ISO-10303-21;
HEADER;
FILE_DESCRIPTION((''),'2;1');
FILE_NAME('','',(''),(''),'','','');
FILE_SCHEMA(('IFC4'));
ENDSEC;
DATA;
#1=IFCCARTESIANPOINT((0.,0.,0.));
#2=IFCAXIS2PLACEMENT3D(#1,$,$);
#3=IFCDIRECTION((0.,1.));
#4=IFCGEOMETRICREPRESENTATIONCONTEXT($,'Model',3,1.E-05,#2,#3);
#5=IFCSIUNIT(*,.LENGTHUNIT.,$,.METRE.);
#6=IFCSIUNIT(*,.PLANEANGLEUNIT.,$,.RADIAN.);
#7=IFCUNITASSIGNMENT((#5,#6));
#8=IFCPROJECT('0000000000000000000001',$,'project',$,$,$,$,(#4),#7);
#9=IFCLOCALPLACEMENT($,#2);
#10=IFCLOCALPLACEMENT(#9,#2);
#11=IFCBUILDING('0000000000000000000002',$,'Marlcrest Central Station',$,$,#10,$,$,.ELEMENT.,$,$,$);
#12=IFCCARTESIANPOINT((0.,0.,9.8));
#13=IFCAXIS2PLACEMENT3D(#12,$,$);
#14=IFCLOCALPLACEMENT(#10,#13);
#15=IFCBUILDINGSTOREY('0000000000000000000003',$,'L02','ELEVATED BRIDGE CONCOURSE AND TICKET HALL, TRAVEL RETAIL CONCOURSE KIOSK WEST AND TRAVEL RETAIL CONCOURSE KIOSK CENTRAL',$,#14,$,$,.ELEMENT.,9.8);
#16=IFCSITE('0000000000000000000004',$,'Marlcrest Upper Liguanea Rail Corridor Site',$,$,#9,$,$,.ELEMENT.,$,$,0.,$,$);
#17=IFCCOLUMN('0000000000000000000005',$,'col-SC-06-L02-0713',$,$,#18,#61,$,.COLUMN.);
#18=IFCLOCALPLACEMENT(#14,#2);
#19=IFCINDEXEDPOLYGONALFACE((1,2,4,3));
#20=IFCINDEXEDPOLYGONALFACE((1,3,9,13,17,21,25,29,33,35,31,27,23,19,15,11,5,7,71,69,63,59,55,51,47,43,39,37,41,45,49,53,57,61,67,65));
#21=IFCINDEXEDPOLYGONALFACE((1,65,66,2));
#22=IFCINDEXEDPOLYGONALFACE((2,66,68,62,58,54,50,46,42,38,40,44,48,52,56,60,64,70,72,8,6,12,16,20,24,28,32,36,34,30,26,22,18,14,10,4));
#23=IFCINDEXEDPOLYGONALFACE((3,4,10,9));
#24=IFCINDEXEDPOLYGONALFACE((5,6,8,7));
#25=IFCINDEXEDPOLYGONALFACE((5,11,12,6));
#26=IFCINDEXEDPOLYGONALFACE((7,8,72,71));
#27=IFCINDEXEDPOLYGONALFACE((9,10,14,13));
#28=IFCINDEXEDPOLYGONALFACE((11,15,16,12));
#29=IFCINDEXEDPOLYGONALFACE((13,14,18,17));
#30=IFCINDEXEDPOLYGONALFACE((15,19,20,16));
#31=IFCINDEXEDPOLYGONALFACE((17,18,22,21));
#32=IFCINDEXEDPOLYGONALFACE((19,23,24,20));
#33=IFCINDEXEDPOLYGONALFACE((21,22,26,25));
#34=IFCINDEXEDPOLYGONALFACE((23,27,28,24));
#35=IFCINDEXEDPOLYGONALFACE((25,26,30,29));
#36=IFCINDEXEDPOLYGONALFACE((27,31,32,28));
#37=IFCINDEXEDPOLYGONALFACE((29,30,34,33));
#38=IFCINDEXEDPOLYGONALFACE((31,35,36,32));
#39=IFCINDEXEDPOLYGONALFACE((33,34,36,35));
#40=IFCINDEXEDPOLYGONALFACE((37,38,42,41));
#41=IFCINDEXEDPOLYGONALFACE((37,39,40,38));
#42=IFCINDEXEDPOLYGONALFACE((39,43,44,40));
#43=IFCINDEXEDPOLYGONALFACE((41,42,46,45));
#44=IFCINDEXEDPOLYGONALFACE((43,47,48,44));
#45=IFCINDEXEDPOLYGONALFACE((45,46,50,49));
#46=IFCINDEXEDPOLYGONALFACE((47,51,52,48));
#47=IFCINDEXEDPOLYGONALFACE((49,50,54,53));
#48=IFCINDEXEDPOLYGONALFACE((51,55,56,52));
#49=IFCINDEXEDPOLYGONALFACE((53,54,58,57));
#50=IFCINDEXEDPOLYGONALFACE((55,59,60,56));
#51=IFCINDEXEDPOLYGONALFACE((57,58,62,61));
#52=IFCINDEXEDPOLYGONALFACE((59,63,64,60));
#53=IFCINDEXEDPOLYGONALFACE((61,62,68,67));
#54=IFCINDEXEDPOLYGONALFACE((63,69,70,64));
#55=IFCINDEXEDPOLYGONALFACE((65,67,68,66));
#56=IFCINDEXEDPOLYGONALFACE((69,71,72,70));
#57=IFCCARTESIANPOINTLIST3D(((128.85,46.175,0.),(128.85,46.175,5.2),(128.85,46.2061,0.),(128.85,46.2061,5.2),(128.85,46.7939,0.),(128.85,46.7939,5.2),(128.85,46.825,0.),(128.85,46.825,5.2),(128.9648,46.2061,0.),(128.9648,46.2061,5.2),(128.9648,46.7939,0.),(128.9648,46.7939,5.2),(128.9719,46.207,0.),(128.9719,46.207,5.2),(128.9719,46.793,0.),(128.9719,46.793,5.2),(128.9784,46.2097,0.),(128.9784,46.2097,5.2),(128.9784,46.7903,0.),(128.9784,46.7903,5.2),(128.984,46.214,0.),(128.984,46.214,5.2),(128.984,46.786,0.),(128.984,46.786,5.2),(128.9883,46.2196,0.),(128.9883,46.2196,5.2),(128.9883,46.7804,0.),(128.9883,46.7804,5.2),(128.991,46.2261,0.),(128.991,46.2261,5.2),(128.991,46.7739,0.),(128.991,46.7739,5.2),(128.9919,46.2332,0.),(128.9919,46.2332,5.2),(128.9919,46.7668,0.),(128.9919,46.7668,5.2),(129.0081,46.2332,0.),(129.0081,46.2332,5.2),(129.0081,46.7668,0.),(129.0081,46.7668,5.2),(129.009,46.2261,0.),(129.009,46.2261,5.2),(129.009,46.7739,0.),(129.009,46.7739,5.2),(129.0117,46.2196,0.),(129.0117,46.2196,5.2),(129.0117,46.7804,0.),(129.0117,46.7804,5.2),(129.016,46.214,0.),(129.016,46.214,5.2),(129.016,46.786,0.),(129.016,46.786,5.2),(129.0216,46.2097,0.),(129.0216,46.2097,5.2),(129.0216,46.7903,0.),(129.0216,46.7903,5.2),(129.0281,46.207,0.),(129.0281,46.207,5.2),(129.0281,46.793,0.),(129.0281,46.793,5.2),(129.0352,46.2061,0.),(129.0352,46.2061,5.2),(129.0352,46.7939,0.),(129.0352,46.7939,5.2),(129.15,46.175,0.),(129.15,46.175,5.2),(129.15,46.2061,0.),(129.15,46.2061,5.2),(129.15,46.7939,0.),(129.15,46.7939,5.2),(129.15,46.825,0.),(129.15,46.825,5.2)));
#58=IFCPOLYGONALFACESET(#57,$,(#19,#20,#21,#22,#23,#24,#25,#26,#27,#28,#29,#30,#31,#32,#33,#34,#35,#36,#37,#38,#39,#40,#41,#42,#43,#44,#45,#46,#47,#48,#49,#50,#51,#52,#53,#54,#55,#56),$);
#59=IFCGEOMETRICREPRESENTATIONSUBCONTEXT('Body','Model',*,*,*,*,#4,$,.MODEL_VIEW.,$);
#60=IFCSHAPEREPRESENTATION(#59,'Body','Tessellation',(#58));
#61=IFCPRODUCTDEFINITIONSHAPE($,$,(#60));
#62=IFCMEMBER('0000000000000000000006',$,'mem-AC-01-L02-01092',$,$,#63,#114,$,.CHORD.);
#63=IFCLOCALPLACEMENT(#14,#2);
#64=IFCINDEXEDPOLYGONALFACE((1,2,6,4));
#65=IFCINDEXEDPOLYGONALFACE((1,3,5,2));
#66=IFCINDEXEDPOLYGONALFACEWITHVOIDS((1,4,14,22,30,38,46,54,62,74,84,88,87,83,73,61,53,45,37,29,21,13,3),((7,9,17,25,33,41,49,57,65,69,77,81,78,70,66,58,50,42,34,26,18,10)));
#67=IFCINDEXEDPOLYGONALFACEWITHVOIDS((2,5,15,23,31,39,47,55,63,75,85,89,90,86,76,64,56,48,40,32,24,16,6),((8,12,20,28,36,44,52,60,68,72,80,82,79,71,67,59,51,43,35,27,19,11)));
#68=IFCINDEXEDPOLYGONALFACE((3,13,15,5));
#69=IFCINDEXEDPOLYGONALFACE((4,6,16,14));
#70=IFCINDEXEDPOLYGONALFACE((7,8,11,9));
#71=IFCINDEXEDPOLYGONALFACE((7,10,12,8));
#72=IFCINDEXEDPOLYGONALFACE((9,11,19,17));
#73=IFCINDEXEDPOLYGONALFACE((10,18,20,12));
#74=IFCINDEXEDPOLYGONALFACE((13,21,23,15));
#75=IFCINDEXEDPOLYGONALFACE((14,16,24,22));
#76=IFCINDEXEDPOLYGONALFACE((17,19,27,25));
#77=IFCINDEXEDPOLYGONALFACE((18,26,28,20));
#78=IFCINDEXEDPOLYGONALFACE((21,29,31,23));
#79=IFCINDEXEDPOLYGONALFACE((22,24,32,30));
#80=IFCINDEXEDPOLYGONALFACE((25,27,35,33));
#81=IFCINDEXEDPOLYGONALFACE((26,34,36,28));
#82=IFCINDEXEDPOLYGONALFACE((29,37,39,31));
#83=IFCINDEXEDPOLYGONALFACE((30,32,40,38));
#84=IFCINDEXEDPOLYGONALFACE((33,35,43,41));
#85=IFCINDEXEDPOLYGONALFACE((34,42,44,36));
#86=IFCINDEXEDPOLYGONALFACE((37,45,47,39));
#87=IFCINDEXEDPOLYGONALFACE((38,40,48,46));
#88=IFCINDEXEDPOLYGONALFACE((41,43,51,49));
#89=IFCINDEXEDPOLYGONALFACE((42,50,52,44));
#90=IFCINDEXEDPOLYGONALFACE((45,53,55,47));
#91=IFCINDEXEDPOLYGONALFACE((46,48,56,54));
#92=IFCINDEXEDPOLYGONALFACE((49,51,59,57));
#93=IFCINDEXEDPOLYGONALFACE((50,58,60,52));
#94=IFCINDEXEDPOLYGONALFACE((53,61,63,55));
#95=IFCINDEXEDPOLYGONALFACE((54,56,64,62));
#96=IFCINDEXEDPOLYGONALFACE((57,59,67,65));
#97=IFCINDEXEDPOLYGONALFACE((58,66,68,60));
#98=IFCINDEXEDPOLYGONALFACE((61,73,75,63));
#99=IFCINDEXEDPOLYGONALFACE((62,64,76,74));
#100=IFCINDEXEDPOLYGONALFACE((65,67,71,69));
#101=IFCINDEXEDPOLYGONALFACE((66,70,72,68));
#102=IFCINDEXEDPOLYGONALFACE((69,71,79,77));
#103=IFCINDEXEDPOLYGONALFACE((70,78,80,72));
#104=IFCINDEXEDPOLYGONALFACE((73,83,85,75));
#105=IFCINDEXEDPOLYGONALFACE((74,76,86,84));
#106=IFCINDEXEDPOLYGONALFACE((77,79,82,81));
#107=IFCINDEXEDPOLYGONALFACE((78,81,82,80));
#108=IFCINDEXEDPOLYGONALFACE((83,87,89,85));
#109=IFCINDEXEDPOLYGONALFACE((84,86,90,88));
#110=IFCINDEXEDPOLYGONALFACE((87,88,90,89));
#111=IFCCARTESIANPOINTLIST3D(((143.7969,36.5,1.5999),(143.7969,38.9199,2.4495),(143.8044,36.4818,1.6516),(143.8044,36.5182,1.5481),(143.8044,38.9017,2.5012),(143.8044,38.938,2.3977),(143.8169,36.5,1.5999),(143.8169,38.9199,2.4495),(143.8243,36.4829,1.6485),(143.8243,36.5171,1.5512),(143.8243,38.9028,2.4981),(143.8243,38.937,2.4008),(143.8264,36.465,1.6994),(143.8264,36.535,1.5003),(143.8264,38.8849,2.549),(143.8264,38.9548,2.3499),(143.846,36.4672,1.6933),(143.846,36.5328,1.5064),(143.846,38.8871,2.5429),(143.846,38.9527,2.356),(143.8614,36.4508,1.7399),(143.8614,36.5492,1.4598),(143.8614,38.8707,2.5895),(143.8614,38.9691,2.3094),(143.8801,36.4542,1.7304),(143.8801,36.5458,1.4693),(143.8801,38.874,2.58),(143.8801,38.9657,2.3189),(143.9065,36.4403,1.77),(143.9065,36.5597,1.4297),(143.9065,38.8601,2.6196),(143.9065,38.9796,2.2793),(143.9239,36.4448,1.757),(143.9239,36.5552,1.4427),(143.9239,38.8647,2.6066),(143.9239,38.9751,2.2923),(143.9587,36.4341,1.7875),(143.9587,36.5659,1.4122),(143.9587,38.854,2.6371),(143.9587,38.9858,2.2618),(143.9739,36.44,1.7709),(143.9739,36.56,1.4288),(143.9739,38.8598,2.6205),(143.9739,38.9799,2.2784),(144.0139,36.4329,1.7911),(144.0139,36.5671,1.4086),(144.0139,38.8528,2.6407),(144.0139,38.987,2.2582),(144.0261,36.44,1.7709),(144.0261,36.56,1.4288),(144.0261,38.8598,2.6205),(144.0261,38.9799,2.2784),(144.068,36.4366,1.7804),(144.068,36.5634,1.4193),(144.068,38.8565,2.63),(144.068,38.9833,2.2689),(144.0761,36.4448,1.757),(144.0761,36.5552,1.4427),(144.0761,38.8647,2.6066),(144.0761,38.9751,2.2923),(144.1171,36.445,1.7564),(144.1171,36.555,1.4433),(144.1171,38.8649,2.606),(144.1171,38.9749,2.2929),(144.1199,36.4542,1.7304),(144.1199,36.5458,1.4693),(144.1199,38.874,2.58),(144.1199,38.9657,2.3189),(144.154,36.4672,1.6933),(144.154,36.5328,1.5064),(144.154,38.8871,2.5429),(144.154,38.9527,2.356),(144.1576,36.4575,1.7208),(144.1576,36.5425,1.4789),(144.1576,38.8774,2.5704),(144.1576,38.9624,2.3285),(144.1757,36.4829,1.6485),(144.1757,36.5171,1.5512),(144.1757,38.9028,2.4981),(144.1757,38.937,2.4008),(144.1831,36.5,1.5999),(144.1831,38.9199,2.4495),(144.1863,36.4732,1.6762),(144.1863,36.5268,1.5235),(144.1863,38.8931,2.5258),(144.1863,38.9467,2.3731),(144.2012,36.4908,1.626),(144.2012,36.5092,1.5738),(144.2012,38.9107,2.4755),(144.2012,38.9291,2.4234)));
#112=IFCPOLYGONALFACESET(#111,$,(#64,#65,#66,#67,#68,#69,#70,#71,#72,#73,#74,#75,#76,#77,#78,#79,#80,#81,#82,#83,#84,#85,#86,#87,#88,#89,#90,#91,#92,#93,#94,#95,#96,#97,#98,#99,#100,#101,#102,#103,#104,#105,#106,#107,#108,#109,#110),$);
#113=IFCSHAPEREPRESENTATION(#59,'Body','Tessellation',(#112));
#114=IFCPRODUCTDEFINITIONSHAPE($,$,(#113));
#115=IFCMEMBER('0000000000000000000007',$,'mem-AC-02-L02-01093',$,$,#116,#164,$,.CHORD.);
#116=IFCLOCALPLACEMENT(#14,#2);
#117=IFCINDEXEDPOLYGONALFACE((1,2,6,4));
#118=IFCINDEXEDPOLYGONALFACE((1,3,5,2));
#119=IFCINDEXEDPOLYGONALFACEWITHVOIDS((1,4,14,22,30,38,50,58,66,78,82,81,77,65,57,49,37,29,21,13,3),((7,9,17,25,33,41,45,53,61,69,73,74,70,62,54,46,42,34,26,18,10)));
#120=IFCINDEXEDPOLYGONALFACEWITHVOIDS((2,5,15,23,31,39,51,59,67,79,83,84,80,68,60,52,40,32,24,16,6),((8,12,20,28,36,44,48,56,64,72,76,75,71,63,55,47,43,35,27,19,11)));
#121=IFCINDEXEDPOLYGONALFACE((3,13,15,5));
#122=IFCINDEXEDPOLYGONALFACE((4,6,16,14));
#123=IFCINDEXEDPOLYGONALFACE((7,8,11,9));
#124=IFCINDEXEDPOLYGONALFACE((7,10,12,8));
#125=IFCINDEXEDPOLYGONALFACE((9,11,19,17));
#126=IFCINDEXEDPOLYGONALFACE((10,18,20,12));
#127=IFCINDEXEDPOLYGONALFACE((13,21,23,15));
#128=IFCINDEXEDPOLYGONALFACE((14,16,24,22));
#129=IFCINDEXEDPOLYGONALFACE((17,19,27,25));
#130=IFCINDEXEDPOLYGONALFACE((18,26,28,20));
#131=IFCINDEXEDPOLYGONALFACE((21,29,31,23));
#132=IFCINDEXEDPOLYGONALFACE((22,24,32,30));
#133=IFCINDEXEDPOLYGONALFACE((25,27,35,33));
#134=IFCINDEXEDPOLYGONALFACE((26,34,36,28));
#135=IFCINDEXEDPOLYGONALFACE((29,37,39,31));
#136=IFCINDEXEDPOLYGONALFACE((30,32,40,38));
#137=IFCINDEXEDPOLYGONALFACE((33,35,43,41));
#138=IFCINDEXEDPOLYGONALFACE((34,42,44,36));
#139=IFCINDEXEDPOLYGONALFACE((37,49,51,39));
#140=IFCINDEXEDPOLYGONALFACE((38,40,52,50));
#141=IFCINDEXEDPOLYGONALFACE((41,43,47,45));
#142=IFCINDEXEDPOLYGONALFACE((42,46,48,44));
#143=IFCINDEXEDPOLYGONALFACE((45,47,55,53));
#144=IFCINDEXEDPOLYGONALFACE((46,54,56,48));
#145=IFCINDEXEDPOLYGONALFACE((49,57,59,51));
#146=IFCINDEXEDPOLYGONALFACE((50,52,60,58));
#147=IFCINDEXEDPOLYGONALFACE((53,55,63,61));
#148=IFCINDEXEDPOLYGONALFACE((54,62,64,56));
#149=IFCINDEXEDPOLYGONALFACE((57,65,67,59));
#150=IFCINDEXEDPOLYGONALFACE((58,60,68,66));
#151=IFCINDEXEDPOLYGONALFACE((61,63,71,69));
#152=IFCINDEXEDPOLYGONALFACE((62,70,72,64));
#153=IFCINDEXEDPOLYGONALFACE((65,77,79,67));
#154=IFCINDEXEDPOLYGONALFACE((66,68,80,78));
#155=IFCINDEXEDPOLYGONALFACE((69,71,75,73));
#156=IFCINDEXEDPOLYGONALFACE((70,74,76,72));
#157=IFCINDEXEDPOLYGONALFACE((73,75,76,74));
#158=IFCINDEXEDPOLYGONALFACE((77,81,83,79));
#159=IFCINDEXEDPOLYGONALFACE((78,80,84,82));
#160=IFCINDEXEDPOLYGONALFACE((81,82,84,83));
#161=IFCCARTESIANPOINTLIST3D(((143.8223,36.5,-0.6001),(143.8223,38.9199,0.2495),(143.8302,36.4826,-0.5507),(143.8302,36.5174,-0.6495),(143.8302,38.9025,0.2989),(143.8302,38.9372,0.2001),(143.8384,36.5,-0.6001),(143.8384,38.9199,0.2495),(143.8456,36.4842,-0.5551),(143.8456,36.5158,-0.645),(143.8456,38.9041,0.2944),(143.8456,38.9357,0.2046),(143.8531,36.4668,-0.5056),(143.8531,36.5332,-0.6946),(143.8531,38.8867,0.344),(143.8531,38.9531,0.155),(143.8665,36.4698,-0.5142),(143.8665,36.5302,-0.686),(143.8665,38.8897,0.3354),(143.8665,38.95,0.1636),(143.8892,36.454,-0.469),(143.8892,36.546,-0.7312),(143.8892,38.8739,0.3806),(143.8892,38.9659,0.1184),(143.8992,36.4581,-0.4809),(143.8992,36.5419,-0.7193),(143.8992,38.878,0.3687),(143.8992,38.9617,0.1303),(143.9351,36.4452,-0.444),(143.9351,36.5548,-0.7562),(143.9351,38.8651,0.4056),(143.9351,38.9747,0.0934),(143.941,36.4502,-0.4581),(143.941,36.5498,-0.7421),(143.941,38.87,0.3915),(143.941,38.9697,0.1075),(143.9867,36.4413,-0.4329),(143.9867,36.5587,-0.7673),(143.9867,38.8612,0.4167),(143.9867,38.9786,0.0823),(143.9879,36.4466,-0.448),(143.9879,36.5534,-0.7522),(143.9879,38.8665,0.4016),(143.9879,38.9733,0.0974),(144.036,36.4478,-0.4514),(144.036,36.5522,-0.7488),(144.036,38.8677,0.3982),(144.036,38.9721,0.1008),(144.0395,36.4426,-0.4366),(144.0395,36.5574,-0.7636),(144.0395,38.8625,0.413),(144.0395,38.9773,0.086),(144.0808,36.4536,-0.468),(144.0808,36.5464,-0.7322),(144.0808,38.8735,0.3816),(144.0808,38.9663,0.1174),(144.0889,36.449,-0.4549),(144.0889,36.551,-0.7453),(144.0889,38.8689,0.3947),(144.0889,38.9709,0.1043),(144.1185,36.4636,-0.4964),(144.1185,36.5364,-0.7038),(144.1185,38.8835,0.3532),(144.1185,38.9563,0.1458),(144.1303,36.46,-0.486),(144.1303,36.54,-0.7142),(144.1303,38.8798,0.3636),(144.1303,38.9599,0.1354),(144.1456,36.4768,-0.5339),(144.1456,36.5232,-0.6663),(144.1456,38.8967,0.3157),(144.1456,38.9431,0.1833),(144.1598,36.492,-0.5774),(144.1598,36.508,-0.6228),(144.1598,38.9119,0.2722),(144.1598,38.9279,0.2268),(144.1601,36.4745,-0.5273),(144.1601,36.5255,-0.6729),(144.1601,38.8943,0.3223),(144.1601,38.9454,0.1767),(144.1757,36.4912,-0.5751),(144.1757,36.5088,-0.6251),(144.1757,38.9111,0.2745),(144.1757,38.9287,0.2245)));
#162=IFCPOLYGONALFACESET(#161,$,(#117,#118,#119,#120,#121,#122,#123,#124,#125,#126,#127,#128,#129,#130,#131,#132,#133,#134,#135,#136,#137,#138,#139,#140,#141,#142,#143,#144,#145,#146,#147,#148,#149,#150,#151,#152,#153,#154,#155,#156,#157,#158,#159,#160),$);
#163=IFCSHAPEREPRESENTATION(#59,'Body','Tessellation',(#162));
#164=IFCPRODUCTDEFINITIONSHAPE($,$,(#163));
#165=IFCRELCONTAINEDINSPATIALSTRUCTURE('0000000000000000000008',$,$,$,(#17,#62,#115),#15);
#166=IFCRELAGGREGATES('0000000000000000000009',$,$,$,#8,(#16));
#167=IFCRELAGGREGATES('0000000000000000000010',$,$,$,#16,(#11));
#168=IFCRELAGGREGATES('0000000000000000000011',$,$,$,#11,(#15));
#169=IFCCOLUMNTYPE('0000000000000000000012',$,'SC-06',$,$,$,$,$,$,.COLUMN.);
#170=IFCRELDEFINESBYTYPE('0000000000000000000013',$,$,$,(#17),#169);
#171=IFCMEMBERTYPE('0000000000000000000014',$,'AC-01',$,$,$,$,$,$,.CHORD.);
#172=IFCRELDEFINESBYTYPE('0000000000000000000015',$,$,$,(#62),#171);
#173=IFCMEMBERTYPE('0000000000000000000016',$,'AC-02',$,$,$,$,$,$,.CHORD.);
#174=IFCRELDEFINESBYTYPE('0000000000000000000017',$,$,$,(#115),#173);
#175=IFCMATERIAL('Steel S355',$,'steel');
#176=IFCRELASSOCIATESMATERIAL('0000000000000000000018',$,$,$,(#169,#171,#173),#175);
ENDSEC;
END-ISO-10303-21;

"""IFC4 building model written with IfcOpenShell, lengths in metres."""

from ifc_helpers import new_model, si_unit, direction, frame, origin, origin_2d, place, context, subcontext, project, spatial, hollow_circle, i_section, extrude, material, material_profile, profile_set, type_object, element, save


model = new_model("IFC4")

# Units and contexts
model_context = context("Model", 3, precision=1e-05, world=origin(), true_north=direction((0.0, 1.0)))
body_context = subcontext(model_context, "Body", "Model", "MODEL_VIEW")
ifc_project = project(units=[si_unit("LENGTHUNIT", "METRE"), si_unit("PLANEANGLEUNIT", "RADIAN")], contexts=[model_context])

# Site, building, storey
site_placement = place(None, origin())
site = spatial("IfcSite", under=ifc_project, at=site_placement, Name="Marlcrest Upper Liguanea Rail Corridor Site", CompositionType="ELEMENT", RefElevation=0.0)
building_placement = place(site_placement, origin())
building = spatial("IfcBuilding", under=site, at=building_placement, Name="Marlcrest Central Station", CompositionType="ELEMENT")
storey_placement = place(building_placement, frame((0.0, 0.0, 9.8)))
storey = spatial("IfcBuildingStorey", under=building, at=storey_placement, Name="L02", Description="ELEVATED BRIDGE CONCOURSE AND TICKET HALL, TRAVEL RETAIL CONCOURSE KIOSK WEST AND TRAVEL RETAIL CONCOURSE KIOSK CENTRAL", CompositionType="ELEMENT", Elevation=9.8)

# Column
ifc_material_1 = material(Name="Steel S355", Category="steel")
ifc_material_profile_1 = material_profile(ifc_material_1, i_section(OverallWidth=0.3, OverallDepth=0.6499, WebThickness=0.0161, FlangeThickness=0.031, FilletRadius=0.0271, at=origin_2d()), Name="HEB 650")
ifc_profile_set_1 = profile_set([ifc_material_profile_1], Name="Steel S355")
column_type = type_object("IfcColumnType", Name="SC-06", PredefinedType="COLUMN", material=ifc_profile_set_1)
column_placement = place(storey_placement, frame((129.0, 46.5, 0.0), z_axis=(0.0, 0.0, 1.0), x_axis=(1.0, 0.0, 0.0)))
element("IfcColumn", 1, at=column_placement, inside=storey, type_object=column_type, Name="col-SC-06-L02-0713", PredefinedType="COLUMN", context=body_context, shape_type="SweptSolid", body=[
    extrude(i_section(OverallWidth=0.3, OverallDepth=0.6499, WebThickness=0.0161, FlangeThickness=0.031, FilletRadius=0.0271, at=origin_2d()), origin(), (0.0, 0.0, 1.0), 5.2),
])

# Members
ifc_material_profile_2 = material_profile(ifc_material_1, hollow_circle(Radius=0.2031, WallThickness=0.02, at=origin_2d()), Name="CHS 406.4x20")
ifc_profile_set_2 = profile_set([ifc_material_profile_2], Name="Steel S355")
member_type_1 = type_object("IfcMemberType", Name="AC-01", PredefinedType="CHORD", material=ifc_profile_set_2)
member_1_placement = place(storey_placement, frame((144.0, 36.5, 1.5999), z_axis=(0.0, 0.943537, 0.331266), x_axis=(-1.0, 0.0, 0.0)))
element("IfcMember", 2, at=member_1_placement, inside=storey, type_object=member_type_1, Name="mem-AC-01-L02-01092", PredefinedType="CHORD", context=body_context, shape_type="SweptSolid", body=[
    extrude(hollow_circle(Radius=0.2031, WallThickness=0.02, at=origin_2d()), origin(), (0.0, 0.0, 1.0), 2.5647),
])
ifc_material_profile_3 = material_profile(ifc_material_1, hollow_circle(Radius=0.1777, WallThickness=0.0161, at=origin_2d()), Name="CHS 355.6x16")
ifc_profile_set_3 = profile_set([ifc_material_profile_3], Name="Steel S355")
member_type_2 = type_object("IfcMemberType", Name="AC-02", PredefinedType="CHORD", material=ifc_profile_set_3)
member_2_placement = place(storey_placement, frame((144.0, 36.5, -0.6001), z_axis=(0.0, 0.943537, 0.331266), x_axis=(-1.0, 0.0, 0.0)))
element("IfcMember", 3, at=member_2_placement, inside=storey, type_object=member_type_2, Name="mem-AC-02-L02-01093", PredefinedType="CHORD", context=body_context, shape_type="SweptSolid", body=[
    extrude(hollow_circle(Radius=0.1777, WallThickness=0.0161, at=origin_2d()), origin(), (0.0, 0.0, 1.0), 2.5647),
])

save(model, "model.ifc")
